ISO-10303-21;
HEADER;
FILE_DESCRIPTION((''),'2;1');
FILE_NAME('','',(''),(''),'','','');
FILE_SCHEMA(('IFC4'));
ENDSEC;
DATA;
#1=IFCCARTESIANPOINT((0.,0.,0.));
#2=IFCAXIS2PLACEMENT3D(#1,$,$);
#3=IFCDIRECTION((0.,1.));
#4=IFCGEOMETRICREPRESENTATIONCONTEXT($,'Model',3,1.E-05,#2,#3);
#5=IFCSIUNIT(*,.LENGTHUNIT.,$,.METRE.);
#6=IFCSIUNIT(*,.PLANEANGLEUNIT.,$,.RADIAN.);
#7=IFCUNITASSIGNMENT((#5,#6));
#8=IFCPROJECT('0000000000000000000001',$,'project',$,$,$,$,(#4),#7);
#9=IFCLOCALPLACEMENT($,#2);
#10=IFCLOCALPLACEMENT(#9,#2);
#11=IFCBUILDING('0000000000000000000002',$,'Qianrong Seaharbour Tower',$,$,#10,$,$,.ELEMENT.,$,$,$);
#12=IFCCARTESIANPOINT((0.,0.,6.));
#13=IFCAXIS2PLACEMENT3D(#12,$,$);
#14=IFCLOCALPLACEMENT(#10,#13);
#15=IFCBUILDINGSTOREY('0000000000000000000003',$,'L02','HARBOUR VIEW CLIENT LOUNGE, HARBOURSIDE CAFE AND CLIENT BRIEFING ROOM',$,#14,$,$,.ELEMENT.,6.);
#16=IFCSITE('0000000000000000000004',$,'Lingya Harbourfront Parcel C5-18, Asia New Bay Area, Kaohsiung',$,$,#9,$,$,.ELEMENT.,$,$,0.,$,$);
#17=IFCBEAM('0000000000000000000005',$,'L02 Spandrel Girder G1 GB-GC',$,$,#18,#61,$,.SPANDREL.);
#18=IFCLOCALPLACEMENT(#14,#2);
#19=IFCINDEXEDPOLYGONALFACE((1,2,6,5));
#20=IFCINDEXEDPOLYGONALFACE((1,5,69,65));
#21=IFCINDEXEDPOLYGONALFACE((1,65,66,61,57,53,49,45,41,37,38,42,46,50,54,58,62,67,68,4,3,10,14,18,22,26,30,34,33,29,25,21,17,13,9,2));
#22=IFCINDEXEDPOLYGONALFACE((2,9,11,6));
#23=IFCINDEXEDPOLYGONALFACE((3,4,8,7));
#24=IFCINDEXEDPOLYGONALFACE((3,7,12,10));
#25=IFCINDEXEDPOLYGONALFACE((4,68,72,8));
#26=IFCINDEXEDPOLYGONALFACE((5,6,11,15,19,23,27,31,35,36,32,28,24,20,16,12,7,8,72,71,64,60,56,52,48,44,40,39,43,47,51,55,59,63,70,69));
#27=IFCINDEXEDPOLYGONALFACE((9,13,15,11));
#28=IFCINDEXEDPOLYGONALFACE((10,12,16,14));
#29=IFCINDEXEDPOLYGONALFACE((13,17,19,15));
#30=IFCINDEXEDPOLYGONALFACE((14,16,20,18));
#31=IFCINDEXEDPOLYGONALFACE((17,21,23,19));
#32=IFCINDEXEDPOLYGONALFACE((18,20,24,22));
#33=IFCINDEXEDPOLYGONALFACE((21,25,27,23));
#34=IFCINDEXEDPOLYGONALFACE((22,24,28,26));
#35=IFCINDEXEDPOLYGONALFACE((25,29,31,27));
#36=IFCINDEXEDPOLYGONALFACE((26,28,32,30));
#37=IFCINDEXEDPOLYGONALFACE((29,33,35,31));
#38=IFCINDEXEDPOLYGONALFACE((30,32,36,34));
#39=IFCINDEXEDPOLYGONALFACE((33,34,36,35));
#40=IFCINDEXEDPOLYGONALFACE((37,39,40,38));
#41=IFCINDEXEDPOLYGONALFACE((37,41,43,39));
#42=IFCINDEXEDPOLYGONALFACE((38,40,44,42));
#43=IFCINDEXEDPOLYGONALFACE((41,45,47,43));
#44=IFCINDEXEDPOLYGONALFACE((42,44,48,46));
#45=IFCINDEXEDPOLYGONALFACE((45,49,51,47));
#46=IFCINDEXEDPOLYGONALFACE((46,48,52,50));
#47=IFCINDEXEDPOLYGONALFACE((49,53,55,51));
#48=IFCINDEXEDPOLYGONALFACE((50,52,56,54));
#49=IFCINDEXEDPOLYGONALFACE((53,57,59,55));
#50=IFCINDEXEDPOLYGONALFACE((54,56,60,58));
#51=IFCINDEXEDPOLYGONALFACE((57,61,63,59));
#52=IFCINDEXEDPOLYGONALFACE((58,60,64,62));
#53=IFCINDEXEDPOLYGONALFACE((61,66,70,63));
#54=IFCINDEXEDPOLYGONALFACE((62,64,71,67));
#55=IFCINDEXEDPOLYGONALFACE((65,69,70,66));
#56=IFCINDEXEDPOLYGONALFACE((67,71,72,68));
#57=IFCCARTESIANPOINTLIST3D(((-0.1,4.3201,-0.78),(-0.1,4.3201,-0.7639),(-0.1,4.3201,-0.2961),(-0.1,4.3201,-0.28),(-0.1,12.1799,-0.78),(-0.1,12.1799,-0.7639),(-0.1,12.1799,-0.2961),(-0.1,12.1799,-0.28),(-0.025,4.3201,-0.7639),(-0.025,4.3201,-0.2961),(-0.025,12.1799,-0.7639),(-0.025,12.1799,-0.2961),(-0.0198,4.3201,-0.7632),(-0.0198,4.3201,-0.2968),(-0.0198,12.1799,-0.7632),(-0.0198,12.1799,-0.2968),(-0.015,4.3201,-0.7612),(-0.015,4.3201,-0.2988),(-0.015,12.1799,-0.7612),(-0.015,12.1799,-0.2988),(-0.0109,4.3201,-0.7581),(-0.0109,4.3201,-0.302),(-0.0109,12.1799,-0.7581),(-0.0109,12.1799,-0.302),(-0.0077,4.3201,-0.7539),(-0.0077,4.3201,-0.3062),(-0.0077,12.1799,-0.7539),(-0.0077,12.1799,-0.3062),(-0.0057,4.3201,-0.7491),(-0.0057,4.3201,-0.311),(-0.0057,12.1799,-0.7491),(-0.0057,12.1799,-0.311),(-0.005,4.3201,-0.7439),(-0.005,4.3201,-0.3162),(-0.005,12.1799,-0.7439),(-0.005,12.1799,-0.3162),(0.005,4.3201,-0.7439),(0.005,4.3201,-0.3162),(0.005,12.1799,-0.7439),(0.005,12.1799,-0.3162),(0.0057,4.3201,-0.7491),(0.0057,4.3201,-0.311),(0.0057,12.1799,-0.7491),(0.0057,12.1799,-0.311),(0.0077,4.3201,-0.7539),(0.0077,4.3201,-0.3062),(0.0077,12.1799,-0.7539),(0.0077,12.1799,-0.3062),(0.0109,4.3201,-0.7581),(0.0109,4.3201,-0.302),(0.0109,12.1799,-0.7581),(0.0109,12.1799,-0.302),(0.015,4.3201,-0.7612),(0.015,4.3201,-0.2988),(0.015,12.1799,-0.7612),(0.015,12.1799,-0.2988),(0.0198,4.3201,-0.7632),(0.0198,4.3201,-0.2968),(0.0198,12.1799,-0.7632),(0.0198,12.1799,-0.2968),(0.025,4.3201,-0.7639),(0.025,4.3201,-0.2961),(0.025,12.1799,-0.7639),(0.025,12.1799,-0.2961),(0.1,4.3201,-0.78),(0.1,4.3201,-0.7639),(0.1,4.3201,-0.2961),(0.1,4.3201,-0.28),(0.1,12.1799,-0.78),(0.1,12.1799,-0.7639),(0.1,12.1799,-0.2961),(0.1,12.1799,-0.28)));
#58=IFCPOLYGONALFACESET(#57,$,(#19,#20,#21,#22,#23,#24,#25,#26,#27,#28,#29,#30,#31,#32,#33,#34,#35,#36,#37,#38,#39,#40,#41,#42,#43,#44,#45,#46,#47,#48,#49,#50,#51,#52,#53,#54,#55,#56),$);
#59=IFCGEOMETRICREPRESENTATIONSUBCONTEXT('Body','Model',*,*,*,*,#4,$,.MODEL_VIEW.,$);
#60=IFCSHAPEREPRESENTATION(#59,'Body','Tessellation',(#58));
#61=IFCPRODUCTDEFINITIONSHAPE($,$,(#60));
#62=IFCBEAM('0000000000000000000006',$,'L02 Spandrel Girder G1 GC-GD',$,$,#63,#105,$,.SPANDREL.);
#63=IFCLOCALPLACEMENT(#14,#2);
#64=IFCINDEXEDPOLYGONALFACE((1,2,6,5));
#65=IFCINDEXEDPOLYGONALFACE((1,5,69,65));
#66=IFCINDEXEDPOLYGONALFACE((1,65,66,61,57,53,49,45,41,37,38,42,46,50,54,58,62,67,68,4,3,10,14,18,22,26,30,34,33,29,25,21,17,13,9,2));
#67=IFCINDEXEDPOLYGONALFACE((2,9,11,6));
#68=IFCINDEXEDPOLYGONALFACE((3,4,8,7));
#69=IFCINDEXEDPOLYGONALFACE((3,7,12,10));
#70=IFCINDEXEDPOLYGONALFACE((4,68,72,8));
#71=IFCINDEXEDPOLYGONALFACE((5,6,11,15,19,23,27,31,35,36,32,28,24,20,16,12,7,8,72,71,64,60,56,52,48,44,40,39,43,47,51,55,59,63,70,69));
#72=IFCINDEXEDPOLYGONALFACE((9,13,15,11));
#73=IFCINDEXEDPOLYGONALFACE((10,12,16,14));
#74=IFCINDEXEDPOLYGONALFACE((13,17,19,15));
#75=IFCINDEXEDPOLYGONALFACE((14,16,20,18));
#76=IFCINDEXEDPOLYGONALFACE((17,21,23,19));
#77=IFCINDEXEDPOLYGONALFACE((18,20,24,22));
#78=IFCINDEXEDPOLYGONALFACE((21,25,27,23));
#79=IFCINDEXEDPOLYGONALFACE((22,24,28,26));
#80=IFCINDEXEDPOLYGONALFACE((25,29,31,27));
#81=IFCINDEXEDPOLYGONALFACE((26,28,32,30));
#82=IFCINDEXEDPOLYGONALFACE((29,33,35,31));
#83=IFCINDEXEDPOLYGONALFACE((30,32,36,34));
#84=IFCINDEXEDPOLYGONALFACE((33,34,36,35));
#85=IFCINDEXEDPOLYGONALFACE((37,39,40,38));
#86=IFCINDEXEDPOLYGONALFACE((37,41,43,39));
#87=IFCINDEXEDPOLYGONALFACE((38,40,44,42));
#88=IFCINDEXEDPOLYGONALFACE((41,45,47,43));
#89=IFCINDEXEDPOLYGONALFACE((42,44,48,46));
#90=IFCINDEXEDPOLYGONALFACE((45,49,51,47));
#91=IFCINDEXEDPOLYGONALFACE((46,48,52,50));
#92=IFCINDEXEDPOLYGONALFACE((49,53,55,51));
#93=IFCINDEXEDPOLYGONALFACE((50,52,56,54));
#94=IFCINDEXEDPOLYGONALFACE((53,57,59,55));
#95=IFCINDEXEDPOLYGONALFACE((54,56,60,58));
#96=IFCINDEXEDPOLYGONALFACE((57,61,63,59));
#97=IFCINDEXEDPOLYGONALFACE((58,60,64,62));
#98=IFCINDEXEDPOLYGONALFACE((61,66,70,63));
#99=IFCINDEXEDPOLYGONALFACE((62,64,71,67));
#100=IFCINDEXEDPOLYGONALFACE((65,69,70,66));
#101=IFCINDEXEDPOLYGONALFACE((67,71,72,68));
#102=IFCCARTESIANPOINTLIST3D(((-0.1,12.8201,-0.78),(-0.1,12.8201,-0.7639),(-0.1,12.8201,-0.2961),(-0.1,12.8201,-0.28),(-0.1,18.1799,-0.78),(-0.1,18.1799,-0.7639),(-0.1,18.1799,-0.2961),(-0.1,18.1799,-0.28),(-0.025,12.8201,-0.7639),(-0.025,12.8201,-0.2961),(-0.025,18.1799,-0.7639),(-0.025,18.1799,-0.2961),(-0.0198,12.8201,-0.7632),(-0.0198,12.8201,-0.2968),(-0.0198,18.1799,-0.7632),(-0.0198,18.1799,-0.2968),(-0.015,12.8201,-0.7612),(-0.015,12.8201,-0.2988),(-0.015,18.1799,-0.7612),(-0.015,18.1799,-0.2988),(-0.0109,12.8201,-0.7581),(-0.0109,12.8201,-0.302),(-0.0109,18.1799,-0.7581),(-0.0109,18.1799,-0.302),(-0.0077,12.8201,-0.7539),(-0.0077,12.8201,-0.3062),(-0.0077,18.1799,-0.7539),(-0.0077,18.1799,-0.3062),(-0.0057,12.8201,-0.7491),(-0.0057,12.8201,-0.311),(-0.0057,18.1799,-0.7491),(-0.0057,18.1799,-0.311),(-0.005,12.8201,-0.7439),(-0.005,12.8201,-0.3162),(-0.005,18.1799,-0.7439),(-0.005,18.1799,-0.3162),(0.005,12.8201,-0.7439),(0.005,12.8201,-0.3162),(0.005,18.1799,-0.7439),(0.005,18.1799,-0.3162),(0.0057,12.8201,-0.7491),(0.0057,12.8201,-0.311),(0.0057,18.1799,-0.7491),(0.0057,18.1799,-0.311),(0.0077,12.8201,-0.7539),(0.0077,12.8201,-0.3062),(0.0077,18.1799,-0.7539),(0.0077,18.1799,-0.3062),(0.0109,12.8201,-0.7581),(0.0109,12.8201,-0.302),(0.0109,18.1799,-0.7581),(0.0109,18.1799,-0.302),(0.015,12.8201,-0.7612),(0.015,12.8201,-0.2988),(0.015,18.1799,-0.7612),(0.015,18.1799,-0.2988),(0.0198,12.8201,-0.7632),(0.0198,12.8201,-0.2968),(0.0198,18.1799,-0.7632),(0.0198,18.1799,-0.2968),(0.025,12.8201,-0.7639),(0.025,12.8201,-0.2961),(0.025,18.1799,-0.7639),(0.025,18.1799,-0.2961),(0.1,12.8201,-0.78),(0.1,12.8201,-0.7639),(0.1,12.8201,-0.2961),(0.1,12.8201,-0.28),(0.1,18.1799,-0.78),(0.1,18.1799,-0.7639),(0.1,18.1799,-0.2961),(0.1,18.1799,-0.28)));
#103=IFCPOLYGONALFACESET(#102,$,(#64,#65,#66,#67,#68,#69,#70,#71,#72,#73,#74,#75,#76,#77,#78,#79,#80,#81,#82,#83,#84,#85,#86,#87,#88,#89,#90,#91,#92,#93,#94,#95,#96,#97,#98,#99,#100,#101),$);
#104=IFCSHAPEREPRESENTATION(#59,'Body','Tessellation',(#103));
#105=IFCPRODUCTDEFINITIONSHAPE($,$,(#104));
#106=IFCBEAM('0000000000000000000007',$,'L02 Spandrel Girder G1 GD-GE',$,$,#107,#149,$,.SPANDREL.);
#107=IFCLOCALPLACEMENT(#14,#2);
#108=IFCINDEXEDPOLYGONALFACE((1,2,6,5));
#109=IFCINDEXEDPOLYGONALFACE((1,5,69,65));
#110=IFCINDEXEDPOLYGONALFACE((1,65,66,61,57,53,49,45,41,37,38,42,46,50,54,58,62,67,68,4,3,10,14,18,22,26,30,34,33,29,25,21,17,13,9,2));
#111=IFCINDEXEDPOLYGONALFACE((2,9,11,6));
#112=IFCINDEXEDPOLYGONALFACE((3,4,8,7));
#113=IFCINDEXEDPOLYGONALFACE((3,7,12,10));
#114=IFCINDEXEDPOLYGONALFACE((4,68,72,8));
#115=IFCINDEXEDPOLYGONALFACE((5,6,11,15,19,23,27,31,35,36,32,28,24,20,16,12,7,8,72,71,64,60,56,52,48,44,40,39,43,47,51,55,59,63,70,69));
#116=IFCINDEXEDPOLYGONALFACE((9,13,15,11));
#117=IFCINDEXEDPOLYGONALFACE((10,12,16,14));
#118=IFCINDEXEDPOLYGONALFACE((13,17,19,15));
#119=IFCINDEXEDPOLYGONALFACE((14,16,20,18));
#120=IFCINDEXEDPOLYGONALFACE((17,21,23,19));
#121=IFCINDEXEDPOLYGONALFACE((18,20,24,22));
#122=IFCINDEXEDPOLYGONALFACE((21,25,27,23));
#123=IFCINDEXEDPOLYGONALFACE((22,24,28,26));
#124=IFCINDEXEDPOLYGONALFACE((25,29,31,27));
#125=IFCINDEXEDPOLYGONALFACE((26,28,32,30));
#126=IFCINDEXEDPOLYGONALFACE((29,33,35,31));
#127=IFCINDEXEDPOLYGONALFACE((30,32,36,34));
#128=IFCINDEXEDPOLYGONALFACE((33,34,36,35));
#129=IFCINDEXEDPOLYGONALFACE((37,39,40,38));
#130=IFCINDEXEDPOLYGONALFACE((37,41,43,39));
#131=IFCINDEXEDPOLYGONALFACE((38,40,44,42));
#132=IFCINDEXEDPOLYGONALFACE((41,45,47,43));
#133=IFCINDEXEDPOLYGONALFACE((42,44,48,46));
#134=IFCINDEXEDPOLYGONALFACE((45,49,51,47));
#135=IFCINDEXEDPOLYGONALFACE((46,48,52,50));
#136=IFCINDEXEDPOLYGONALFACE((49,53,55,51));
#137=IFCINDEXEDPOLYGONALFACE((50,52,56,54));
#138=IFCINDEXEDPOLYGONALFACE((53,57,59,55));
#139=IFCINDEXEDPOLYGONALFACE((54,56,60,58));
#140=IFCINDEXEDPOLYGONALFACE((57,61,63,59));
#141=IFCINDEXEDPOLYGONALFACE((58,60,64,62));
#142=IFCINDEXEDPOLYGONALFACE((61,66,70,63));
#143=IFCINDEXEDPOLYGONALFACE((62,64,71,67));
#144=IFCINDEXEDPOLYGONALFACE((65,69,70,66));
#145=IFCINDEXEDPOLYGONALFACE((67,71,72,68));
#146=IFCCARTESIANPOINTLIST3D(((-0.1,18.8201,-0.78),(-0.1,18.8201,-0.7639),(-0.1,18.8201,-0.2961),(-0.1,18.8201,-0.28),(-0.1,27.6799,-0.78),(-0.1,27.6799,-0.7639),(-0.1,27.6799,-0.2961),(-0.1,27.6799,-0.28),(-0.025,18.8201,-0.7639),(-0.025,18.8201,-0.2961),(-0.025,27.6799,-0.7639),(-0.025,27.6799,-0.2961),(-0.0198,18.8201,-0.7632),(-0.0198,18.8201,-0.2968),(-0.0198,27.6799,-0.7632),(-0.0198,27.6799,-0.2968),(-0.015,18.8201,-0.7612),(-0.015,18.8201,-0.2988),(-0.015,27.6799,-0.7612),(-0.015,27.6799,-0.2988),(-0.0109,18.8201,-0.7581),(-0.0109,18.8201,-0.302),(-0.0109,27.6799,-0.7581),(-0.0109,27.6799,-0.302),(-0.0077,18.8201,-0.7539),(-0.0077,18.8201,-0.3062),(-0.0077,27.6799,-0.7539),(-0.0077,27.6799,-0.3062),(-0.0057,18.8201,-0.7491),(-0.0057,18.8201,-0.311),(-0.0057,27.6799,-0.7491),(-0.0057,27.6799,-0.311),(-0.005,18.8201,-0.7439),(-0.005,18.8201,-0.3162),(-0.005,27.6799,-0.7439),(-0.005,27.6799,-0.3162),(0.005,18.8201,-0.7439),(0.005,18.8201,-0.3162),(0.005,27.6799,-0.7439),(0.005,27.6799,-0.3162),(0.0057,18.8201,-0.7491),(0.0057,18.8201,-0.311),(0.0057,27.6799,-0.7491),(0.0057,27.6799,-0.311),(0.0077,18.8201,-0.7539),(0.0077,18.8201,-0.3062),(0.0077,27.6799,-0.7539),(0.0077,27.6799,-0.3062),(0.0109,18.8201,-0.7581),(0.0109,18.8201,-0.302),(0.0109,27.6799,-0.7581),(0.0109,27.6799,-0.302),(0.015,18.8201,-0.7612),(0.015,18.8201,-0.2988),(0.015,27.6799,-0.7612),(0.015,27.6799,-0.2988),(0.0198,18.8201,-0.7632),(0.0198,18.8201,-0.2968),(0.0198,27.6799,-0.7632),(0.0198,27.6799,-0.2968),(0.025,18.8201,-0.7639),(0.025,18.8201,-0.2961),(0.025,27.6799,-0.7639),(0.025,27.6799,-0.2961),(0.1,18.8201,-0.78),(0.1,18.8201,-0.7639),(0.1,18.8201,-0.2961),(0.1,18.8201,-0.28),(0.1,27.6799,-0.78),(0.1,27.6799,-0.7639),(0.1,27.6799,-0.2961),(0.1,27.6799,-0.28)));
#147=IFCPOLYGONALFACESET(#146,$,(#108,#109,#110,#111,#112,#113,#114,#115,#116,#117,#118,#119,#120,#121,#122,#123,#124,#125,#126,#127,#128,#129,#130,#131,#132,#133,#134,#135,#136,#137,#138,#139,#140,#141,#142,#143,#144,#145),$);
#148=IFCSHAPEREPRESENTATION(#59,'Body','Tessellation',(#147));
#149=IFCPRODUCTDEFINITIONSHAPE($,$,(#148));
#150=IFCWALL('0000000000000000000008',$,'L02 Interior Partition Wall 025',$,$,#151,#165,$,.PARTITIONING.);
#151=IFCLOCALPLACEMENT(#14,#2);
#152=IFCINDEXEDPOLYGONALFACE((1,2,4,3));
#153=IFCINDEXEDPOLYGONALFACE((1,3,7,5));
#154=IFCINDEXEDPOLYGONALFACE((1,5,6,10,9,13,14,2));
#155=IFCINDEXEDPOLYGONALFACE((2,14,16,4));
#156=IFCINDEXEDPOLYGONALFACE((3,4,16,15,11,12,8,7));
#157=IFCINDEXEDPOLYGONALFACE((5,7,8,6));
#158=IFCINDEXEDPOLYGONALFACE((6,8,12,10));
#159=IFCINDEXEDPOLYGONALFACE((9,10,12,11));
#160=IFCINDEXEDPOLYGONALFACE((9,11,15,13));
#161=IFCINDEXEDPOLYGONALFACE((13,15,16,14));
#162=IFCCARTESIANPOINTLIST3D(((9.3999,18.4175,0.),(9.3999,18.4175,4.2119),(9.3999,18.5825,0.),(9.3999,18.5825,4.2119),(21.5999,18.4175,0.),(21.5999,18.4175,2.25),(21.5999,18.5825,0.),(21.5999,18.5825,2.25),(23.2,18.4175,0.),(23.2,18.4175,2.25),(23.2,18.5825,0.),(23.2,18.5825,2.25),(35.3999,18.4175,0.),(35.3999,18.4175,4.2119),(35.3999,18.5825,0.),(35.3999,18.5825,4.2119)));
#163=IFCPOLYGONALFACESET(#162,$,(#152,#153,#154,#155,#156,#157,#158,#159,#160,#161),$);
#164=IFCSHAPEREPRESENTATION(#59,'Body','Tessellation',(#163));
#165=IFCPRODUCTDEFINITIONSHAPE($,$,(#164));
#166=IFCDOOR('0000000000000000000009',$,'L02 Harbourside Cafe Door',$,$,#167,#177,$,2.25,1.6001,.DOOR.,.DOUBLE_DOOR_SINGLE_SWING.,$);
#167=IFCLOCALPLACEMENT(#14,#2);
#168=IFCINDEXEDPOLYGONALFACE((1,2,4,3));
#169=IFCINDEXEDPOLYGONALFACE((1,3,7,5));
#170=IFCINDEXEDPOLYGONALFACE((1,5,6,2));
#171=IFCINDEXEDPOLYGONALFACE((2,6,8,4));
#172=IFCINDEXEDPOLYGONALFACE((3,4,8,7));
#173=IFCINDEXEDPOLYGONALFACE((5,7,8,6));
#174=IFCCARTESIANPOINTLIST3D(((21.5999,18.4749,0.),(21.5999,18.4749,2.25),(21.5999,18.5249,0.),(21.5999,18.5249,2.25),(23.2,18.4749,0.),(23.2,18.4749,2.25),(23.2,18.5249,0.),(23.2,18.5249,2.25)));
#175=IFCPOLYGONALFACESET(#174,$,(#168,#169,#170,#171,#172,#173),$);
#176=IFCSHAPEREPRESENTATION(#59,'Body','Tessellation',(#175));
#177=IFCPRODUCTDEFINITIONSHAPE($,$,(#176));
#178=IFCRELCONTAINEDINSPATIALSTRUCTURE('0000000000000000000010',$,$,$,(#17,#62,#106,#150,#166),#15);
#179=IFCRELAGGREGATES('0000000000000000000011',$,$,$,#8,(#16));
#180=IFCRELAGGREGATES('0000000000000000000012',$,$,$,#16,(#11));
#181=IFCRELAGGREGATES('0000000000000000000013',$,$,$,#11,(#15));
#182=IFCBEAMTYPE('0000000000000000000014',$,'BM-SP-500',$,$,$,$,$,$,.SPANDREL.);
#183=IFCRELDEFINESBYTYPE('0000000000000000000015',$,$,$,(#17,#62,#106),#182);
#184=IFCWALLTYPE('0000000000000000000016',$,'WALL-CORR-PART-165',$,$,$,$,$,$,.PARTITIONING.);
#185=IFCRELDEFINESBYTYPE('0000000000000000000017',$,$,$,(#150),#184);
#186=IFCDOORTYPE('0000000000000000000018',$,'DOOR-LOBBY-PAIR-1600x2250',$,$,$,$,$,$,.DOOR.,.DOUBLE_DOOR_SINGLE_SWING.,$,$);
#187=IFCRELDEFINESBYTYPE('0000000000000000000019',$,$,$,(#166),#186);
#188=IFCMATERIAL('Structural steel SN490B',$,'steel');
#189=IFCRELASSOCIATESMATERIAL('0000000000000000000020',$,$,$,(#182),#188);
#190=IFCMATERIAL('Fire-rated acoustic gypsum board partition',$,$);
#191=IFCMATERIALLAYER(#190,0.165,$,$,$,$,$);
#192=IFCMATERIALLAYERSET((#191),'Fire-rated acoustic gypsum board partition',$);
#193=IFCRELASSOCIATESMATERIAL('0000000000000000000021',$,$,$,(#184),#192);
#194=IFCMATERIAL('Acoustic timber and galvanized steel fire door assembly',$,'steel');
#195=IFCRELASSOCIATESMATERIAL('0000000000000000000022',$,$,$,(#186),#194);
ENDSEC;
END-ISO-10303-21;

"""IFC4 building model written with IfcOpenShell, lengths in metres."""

from ifc_helpers import new_model, si_unit, direction, frame, frame_2d, origin, origin_2d, place, context, subcontext, project, spatial, rectangle, i_section, extrude, material, layer, layer_set, material_profile, profile_set, type_object, element, fill, save


model = new_model("IFC4")

# Units and contexts
model_context = context("Model", 3, precision=1e-05, world=origin(), true_north=direction((0.0, 1.0)))
body_context = subcontext(model_context, "Body", "Model", "MODEL_VIEW")
ifc_project = project(units=[si_unit("LENGTHUNIT", "METRE"), si_unit("PLANEANGLEUNIT", "RADIAN")], contexts=[model_context])

# Site, building, storey
site_placement = place(None, origin())
site = spatial("IfcSite", under=ifc_project, at=site_placement, Name="Lingya Harbourfront Parcel C5-18, Asia New Bay Area, Kaohsiung", CompositionType="ELEMENT", RefElevation=0.0)
building_placement = place(site_placement, origin())
building = spatial("IfcBuilding", under=site, at=building_placement, Name="Qianrong Seaharbour Tower", CompositionType="ELEMENT")
storey_placement = place(building_placement, frame((0.0, 0.0, 6.0)))
storey = spatial("IfcBuildingStorey", under=building, at=storey_placement, Name="L02", Description="HARBOUR VIEW CLIENT LOUNGE, HARBOURSIDE CAFE AND CLIENT BRIEFING ROOM", CompositionType="ELEMENT", Elevation=6.0)

# Shared definitions
ifc_material_1 = material(Name="Structural steel SN490B", Category="steel")

# Beams
ifc_material_profile_1 = material_profile(ifc_material_1, i_section(OverallWidth=0.2, OverallDepth=0.5, WebThickness=0.01, FlangeThickness=0.0161, FilletRadius=0.02, at=origin_2d()), Name="H500x200x10x16")
ifc_profile_set_1 = profile_set([ifc_material_profile_1], Name="Structural steel SN490B")
beam_type_1 = type_object("IfcBeamType", Name="BM-SP-500", PredefinedType="SPANDREL", material=ifc_profile_set_1)
beam_1_placement = place(storey_placement, frame((0.0, 4.3201, -0.53), z_axis=(0.0, 1.0, 0.0), x_axis=(-1.0, 0.0, 0.0)))
element("IfcBeam", 1, at=beam_1_placement, inside=storey, type_object=beam_type_1, Name="L02 Spandrel Girder G1 GB-GC", PredefinedType="SPANDREL", context=body_context, shape_type="SweptSolid", body=[
    extrude(i_section(OverallWidth=0.2, OverallDepth=0.5, WebThickness=0.01, FlangeThickness=0.0161, FilletRadius=0.02, at=origin_2d()), origin(), (0.0, 0.0, 1.0), 7.8599),
])
beam_2_placement = place(storey_placement, frame((0.0, 12.8201, -0.53), z_axis=(0.0, 1.0, 0.0), x_axis=(-1.0, 0.0, 0.0)))
element("IfcBeam", 2, at=beam_2_placement, inside=storey, type_object=beam_type_1, Name="L02 Spandrel Girder G1 GC-GD", PredefinedType="SPANDREL", context=body_context, shape_type="SweptSolid", body=[
    extrude(i_section(OverallWidth=0.2, OverallDepth=0.5, WebThickness=0.01, FlangeThickness=0.0161, FilletRadius=0.02, at=origin_2d()), origin(), (0.0, 0.0, 1.0), 5.3599),
])
beam_3_placement = place(storey_placement, frame((0.0, 18.8201, -0.53), z_axis=(0.0, 1.0, 0.0), x_axis=(-1.0, 0.0, 0.0)))
element("IfcBeam", 3, at=beam_3_placement, inside=storey, type_object=beam_type_1, Name="L02 Spandrel Girder G1 GD-GE", PredefinedType="SPANDREL", context=body_context, shape_type="SweptSolid", body=[
    extrude(i_section(OverallWidth=0.2, OverallDepth=0.5, WebThickness=0.01, FlangeThickness=0.0161, FilletRadius=0.02, at=origin_2d()), origin(), (0.0, 0.0, 1.0), 8.8599),
])

# Wall, opening, door
ifc_material_2 = material(Name="Fire-rated acoustic gypsum board partition")
ifc_layer_1 = layer(ifc_material_2, 0.165)
ifc_layer_set_1 = layer_set([ifc_layer_1], Name="Fire-rated acoustic gypsum board partition")
wall_type_1 = type_object("IfcWallType", Name="WALL-CORR-PART-165", PredefinedType="PARTITIONING", material=ifc_layer_set_1)
ifc_material_3 = material(Name="Acoustic timber and galvanized steel fire door assembly", Category="steel")
wall_1_placement = place(storey_placement, frame((9.3999, 18.5, 0.0), z_axis=(0.0, 0.0, 1.0), x_axis=(1.0, 0.0, 0.0)))
wall_1 = element("IfcWall", 4, at=wall_1_placement, inside=storey, type_object=wall_type_1, Name="L02 Interior Partition Wall 025", PredefinedType="PARTITIONING", context=body_context, shape_type="SweptSolid", body=[
    extrude(rectangle(XDim=26.0, YDim=0.165, at=frame_2d((13.0, 0.0))), origin(), (0.0, 0.0, 1.0), 4.2119),
])
opening_1_placement = place(wall_1_placement, frame((12.2, 0.0, 0.0)))
opening_1 = element("IfcOpeningElement", 5, at=opening_1_placement, cuts=wall_1, PredefinedType="OPENING", context=body_context, shape_type="SweptSolid", body=[
    extrude(rectangle(XDim=1.6001, YDim=2.25, at=frame_2d((0.8, 1.125))), frame((0.0, 0.0925, 0.0), z_axis=(0.0, -1.0, 0.0), x_axis=(1.0, 0.0, 0.0)), (0.0, 0.0, 1.0), 0.1851),
])
door_type_1 = type_object("IfcDoorType", Name="DOOR-LOBBY-PAIR-1600x2250", OperationType="DOUBLE_DOOR_SINGLE_SWING", PredefinedType="DOOR", material=ifc_material_3)
door_1_placement = place(opening_1_placement, origin())
door_1 = element("IfcDoor", 6, at=door_1_placement, inside=storey, type_object=door_type_1, Name="L02 Harbourside Cafe Door", OperationType="DOUBLE_DOOR_SINGLE_SWING", OverallHeight=2.25, OverallWidth=1.6001, PredefinedType="DOOR", context=body_context, shape_type="SweptSolid", body=[
    extrude(rectangle(XDim=1.6001, YDim=2.25, at=frame_2d((0.8, 1.125))), frame((0.0, 0.0249, 0.0), z_axis=(0.0, -1.0, 0.0), x_axis=(1.0, 0.0, 0.0)), (0.0, 0.0, 1.0), 0.05),
])
fill(opening_1, door_1)

save(model, "model.ifc")
